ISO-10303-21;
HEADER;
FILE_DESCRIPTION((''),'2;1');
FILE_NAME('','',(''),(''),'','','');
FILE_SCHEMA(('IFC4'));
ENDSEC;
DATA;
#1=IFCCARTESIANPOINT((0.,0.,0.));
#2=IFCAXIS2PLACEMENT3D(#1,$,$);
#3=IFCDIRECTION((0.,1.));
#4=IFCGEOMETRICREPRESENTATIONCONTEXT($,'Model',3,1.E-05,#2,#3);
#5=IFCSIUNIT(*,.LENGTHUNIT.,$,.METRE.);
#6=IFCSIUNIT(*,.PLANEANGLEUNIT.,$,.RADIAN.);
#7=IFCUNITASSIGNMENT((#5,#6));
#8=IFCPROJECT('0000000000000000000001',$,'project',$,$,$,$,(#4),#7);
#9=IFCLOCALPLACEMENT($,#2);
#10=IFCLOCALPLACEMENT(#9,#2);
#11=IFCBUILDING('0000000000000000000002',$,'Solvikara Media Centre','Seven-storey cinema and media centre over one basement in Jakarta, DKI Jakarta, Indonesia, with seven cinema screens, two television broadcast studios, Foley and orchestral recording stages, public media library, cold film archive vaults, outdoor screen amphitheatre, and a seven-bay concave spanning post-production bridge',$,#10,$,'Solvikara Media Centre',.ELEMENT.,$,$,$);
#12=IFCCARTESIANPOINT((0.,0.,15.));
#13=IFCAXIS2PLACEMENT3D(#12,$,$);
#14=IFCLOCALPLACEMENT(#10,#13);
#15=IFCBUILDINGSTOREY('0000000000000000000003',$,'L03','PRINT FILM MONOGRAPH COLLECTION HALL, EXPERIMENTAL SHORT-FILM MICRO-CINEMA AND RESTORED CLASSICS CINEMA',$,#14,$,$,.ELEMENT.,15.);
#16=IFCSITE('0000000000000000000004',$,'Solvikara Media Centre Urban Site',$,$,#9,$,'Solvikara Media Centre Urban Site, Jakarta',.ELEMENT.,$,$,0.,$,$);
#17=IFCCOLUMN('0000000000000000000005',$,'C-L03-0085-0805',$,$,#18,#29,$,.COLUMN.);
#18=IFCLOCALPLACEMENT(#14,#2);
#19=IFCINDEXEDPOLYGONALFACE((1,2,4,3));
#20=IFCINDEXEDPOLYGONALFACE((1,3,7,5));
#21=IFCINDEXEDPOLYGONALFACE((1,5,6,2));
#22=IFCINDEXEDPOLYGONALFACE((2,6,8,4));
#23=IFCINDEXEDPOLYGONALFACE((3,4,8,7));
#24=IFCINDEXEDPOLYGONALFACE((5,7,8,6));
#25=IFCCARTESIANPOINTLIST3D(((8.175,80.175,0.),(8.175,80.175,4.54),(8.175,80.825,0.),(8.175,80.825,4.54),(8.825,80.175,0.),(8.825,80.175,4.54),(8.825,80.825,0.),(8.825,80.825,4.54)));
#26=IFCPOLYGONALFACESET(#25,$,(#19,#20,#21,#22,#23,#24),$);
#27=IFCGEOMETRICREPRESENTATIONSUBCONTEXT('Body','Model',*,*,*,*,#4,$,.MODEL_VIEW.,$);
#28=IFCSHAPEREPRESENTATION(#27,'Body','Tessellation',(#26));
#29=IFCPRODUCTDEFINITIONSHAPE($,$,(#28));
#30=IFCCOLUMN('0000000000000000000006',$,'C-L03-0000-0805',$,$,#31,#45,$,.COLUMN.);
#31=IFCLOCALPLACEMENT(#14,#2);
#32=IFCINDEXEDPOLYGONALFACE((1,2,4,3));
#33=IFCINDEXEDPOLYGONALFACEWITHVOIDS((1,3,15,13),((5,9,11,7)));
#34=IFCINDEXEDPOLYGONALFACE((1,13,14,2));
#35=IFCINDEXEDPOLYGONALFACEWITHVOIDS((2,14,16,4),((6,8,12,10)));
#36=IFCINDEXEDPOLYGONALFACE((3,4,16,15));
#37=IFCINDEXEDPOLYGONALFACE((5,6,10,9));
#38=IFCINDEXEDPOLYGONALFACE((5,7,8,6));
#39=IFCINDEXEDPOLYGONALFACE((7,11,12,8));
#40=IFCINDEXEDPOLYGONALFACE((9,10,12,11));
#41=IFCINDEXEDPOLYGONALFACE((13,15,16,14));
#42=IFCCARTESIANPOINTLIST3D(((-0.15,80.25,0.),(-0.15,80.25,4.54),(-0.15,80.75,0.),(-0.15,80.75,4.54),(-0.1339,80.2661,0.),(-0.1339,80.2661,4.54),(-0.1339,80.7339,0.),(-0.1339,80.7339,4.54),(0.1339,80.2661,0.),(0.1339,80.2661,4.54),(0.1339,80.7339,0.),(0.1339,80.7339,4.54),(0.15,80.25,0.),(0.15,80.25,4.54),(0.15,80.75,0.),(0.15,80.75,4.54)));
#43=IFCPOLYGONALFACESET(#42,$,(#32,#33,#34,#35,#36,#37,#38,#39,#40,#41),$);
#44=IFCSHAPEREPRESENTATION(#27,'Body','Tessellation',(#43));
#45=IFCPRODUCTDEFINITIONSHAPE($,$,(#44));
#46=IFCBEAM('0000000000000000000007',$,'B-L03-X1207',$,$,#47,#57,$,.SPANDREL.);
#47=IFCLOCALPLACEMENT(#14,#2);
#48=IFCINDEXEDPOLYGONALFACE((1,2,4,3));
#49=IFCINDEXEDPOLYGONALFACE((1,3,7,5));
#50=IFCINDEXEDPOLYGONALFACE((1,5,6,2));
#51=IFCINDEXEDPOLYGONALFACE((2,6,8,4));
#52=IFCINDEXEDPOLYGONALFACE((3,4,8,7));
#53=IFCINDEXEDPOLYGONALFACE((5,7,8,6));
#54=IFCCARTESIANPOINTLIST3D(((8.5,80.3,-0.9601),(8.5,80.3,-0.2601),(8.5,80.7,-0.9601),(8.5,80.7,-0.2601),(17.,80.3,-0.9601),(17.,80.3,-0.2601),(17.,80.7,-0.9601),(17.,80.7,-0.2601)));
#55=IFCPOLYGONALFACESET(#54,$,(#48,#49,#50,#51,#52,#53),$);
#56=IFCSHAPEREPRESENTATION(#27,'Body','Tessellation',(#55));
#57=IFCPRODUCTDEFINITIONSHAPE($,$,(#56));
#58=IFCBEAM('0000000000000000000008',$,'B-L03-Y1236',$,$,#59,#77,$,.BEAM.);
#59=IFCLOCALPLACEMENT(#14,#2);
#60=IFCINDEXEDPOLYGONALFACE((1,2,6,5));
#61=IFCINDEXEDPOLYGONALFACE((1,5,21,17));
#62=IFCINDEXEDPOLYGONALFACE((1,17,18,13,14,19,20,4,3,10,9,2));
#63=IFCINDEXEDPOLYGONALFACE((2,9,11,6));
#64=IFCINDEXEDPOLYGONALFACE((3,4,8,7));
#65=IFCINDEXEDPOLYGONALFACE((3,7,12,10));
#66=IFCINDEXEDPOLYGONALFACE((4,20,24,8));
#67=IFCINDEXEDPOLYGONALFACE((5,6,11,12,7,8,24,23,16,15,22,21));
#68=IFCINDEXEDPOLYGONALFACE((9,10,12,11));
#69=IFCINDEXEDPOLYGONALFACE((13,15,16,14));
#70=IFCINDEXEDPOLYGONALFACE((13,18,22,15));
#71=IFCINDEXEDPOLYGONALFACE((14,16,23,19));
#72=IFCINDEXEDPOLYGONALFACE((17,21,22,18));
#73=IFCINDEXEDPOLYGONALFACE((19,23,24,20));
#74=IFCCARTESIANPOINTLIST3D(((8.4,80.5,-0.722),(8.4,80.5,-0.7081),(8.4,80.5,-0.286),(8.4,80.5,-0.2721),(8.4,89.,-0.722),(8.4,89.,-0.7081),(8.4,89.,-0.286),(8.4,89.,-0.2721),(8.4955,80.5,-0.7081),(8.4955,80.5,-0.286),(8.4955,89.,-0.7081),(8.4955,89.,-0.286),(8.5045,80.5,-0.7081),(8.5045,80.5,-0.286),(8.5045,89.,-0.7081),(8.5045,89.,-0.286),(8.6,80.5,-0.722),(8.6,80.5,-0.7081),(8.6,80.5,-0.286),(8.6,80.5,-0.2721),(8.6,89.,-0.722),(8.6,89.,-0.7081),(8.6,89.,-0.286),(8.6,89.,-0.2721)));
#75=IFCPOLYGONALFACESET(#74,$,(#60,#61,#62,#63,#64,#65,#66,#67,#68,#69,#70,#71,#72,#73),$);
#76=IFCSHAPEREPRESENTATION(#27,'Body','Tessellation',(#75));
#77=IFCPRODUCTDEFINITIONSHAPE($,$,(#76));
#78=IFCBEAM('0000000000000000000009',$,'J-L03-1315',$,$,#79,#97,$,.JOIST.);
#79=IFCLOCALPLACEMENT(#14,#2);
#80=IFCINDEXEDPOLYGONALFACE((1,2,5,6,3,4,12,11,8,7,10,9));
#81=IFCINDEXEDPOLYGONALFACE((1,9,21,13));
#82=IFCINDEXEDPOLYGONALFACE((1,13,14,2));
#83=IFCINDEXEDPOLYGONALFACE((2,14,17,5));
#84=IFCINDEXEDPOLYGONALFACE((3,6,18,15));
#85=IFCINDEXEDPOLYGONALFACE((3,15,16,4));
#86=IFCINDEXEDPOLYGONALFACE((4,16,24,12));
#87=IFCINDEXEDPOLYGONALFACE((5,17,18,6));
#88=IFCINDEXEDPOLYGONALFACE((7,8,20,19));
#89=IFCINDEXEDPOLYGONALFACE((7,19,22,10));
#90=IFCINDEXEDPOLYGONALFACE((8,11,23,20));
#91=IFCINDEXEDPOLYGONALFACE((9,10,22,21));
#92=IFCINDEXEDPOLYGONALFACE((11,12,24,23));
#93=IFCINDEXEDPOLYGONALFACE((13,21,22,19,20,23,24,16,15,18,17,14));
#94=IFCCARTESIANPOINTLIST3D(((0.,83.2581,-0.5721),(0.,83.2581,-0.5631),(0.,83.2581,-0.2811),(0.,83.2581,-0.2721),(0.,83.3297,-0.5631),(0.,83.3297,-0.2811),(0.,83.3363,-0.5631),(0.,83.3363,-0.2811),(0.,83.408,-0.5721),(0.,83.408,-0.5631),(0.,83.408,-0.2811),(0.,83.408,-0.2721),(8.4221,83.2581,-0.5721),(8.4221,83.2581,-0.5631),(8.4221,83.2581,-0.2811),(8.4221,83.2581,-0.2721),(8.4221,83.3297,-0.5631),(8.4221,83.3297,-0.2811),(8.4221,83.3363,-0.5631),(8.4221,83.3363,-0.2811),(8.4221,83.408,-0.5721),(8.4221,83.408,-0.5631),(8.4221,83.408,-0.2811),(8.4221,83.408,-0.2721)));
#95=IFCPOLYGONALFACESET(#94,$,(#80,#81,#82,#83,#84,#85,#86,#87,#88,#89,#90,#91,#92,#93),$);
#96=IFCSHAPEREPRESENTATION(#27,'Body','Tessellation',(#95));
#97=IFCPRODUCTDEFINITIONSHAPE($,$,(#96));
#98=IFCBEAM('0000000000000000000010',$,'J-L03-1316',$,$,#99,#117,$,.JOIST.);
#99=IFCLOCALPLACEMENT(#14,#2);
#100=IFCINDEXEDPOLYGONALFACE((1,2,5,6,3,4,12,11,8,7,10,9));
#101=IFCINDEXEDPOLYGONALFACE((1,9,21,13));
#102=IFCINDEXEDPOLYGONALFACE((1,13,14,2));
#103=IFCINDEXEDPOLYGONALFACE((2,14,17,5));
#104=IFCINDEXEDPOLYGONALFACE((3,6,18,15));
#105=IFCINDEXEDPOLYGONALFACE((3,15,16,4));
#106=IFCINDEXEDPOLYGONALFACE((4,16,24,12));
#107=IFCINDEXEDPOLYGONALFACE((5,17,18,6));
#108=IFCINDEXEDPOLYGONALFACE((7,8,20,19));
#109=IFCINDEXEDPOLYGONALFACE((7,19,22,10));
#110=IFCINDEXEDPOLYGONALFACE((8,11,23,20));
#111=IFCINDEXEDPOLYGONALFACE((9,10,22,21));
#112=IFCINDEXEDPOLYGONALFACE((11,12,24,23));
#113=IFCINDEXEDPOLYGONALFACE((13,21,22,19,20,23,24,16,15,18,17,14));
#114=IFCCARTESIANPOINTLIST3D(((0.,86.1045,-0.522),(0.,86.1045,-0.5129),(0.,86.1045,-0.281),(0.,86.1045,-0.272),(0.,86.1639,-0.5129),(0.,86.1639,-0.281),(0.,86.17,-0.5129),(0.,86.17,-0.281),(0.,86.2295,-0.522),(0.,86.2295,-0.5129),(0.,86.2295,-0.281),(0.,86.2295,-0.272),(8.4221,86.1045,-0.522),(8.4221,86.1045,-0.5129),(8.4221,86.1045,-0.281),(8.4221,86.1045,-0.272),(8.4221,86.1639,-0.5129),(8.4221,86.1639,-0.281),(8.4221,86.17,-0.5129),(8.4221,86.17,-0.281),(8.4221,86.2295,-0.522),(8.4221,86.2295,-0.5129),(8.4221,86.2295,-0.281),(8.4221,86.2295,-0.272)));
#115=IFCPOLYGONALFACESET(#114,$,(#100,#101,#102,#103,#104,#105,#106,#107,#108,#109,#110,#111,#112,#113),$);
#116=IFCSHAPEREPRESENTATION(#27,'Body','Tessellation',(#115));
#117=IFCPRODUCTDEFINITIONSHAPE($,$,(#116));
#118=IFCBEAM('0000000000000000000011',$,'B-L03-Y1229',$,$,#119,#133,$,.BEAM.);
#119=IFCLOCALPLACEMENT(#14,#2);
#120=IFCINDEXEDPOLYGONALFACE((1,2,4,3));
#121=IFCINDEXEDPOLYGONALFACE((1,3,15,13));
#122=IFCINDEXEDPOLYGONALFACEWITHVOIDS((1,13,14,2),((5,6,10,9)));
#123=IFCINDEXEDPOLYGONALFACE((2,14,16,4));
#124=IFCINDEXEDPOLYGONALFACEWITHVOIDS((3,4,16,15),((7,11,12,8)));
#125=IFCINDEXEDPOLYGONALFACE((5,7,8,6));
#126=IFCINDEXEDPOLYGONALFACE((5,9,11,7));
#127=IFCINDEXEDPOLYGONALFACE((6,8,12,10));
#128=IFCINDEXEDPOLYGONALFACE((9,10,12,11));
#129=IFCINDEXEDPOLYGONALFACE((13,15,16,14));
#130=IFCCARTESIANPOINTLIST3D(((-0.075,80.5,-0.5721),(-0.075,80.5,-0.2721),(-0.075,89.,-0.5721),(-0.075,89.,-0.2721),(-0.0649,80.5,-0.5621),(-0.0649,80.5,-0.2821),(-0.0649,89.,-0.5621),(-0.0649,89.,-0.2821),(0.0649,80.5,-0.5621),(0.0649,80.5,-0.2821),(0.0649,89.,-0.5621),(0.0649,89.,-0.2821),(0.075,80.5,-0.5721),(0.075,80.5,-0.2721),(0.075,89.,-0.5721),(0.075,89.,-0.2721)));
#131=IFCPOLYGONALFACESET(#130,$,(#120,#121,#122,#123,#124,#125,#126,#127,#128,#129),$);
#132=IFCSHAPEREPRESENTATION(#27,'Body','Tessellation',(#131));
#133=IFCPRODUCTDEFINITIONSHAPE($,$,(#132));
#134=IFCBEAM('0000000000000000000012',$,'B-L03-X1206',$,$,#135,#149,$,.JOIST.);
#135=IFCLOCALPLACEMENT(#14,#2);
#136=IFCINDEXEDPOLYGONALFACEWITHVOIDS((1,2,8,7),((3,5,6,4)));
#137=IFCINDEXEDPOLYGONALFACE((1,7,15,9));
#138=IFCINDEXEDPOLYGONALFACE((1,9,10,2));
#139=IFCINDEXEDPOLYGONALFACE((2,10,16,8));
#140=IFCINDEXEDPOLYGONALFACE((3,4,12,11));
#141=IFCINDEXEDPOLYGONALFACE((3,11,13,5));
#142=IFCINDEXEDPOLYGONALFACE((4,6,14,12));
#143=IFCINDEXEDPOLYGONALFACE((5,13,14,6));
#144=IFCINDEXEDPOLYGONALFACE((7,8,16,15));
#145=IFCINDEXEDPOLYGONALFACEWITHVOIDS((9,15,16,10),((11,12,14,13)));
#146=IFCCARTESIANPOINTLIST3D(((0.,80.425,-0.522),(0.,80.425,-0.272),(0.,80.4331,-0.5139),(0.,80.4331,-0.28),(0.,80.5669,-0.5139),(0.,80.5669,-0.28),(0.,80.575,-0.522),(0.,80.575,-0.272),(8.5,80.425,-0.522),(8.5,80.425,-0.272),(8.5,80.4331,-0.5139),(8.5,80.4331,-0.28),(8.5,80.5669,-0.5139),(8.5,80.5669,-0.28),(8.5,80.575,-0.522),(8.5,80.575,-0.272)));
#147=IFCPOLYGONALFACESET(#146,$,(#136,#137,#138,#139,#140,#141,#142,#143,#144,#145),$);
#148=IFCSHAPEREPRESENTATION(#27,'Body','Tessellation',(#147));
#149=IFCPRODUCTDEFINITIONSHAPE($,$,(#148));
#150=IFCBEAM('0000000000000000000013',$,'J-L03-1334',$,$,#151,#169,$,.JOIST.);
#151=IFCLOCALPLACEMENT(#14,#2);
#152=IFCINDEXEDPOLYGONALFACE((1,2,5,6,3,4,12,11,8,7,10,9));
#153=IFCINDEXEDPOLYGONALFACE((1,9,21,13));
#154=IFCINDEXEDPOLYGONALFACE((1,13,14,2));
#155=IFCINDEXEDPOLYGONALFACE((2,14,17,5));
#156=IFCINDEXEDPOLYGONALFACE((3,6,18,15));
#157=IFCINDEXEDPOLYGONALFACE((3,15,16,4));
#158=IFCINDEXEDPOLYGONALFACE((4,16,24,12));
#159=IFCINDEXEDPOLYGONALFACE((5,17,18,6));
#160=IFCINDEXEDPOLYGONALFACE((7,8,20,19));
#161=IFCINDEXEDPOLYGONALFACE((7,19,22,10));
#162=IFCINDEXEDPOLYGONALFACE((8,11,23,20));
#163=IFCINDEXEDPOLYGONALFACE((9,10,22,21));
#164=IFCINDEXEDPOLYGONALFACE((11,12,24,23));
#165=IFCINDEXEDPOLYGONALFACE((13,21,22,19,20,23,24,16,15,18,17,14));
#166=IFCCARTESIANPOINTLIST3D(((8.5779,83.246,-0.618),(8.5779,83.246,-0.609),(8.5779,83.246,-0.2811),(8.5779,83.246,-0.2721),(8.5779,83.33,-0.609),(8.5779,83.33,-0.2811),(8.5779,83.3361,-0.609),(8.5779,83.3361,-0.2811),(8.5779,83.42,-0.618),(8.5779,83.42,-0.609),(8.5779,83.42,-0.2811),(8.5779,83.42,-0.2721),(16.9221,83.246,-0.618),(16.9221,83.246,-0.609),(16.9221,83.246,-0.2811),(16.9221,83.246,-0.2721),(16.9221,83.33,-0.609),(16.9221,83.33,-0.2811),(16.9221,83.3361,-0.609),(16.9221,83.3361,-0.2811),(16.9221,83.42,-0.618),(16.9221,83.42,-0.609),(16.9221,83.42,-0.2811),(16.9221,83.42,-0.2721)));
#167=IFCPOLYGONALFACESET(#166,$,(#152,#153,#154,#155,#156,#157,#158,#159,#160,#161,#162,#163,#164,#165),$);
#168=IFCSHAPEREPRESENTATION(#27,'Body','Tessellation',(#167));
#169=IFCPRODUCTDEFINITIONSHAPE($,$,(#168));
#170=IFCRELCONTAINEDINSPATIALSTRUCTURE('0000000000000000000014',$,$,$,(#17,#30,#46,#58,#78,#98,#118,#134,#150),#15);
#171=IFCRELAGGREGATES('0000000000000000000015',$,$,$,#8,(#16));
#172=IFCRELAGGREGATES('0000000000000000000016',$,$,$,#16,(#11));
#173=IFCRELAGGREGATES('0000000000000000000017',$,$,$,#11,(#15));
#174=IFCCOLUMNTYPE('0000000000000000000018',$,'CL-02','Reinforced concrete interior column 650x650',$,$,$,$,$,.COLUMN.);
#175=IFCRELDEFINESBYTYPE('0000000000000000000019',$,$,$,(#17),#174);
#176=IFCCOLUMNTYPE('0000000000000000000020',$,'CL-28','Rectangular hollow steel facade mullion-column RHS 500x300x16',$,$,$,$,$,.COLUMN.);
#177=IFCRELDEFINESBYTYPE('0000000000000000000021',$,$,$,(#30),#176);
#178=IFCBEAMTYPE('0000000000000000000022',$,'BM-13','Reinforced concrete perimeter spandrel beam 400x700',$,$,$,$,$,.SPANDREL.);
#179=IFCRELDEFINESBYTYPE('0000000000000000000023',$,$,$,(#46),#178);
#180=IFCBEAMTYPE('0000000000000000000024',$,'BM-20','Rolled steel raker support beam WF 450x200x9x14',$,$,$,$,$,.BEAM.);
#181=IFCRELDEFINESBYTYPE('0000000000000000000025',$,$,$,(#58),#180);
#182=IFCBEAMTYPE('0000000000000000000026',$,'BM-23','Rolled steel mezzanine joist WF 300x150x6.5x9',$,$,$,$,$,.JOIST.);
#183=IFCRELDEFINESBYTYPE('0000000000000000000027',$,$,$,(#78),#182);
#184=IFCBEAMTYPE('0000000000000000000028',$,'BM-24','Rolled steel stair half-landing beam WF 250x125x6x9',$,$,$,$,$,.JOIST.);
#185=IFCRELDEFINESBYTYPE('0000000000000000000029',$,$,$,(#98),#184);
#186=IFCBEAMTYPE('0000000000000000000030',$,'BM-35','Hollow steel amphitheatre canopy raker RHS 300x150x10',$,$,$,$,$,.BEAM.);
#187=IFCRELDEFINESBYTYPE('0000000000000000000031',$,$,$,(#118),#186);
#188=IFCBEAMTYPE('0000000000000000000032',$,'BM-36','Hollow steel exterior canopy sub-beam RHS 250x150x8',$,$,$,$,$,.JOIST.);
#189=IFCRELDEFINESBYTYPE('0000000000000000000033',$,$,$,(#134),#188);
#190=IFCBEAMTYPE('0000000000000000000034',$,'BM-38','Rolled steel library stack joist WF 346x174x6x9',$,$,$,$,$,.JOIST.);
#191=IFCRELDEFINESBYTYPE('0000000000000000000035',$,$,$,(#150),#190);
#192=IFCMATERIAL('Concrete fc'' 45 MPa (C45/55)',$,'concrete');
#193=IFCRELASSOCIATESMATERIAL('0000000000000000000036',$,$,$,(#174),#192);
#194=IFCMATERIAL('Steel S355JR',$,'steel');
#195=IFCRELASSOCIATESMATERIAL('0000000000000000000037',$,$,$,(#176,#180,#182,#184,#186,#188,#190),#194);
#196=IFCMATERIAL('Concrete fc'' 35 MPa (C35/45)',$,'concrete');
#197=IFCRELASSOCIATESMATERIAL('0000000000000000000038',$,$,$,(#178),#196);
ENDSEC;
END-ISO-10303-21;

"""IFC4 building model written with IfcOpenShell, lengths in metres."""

from ifc_helpers import new_model, si_unit, direction, frame, origin, origin_2d, place, context, subcontext, project, spatial, rectangle, hollow_rectangle, i_section, extrude, material, material_profile, profile_set, type_object, element, save


model = new_model("IFC4")

# Units and contexts
model_context = context("Model", 3, precision=1e-05, world=origin(), true_north=direction((0.0, 1.0)))
body_context = subcontext(model_context, "Body", "Model", "MODEL_VIEW")
ifc_project = project(units=[si_unit("LENGTHUNIT", "METRE"), si_unit("PLANEANGLEUNIT", "RADIAN")], contexts=[model_context])

# Site, building, storey
site_placement = place(None, origin())
site = spatial("IfcSite", under=ifc_project, at=site_placement, Name="Solvikara Media Centre Urban Site", LongName="Solvikara Media Centre Urban Site, Jakarta", CompositionType="ELEMENT", RefElevation=0.0)
building_placement = place(site_placement, origin())
building = spatial("IfcBuilding", under=site, at=building_placement, Name="Solvikara Media Centre", Description="Seven-storey cinema and media centre over one basement in Jakarta, DKI Jakarta, Indonesia, with seven cinema screens, two television broadcast studios, Foley and orchestral recording stages, public media library, cold film archive vaults, outdoor screen amphitheatre, and a seven-bay concave spanning post-production bridge", LongName="Solvikara Media Centre", CompositionType="ELEMENT")
storey_placement = place(building_placement, frame((0.0, 0.0, 15.0)))
storey = spatial("IfcBuildingStorey", under=building, at=storey_placement, Name="L03", Description="PRINT FILM MONOGRAPH COLLECTION HALL, EXPERIMENTAL SHORT-FILM MICRO-CINEMA AND RESTORED CLASSICS CINEMA", CompositionType="ELEMENT", Elevation=15.0)

# Columns
ifc_material_1 = material(Name="Concrete fc' 45 MPa (C45/55)", Category="concrete")
ifc_material_profile_1 = material_profile(ifc_material_1, rectangle(XDim=0.6499, YDim=0.6499, at=origin_2d()), Name="RC 650x650")
ifc_profile_set_1 = profile_set([ifc_material_profile_1], Name="Concrete fc' 45 MPa (C45/55)")
column_type_1 = type_object("IfcColumnType", Name="CL-02", Description="Reinforced concrete interior column 650x650", PredefinedType="COLUMN", material=ifc_profile_set_1)
column_1_placement = place(storey_placement, frame((8.5, 80.5, 0.0), z_axis=(0.0, 0.0, 1.0), x_axis=(1.0, 0.0, 0.0)))
element("IfcColumn", 1, at=column_1_placement, inside=storey, type_object=column_type_1, Name="C-L03-0085-0805", PredefinedType="COLUMN", context=body_context, shape_type="SweptSolid", body=[
    extrude(rectangle(XDim=0.6499, YDim=0.6499, at=origin_2d()), origin(), (0.0, 0.0, 1.0), 4.54),
])
ifc_material_2 = material(Name="Steel S355JR", Category="steel")
ifc_material_profile_2 = material_profile(ifc_material_2, hollow_rectangle(XDim=0.3, YDim=0.5, WallThickness=0.0161, at=origin_2d()), Name="RHS 500x300x16")
ifc_profile_set_2 = profile_set([ifc_material_profile_2], Name="Steel S355JR")
column_type_2 = type_object("IfcColumnType", Name="CL-28", Description="Rectangular hollow steel facade mullion-column RHS 500x300x16", PredefinedType="COLUMN", material=ifc_profile_set_2)
column_2_placement = place(storey_placement, frame((0.0, 80.5, 0.0), z_axis=(0.0, 0.0, 1.0), x_axis=(1.0, 0.0, 0.0)))
element("IfcColumn", 2, at=column_2_placement, inside=storey, type_object=column_type_2, Name="C-L03-0000-0805", PredefinedType="COLUMN", context=body_context, shape_type="SweptSolid", body=[
    extrude(hollow_rectangle(XDim=0.3, YDim=0.5, WallThickness=0.0161, at=origin_2d()), origin(), (0.0, 0.0, 1.0), 4.54),
])

# Beams
ifc_material_3 = material(Name="Concrete fc' 35 MPa (C35/45)", Category="concrete")
ifc_material_profile_3 = material_profile(ifc_material_3, rectangle(XDim=0.3999, YDim=0.7, at=origin_2d()), Name="RC 400x700")
ifc_profile_set_3 = profile_set([ifc_material_profile_3], Name="Concrete fc' 35 MPa (C35/45)")
beam_type_1 = type_object("IfcBeamType", Name="BM-13", Description="Reinforced concrete perimeter spandrel beam 400x700", PredefinedType="SPANDREL", material=ifc_profile_set_3)
beam_1_placement = place(storey_placement, frame((8.5, 80.5, -0.6101), z_axis=(1.0, 0.0, 0.0), x_axis=(0.0, 1.0, 0.0)))
element("IfcBeam", 3, at=beam_1_placement, inside=storey, type_object=beam_type_1, Name="B-L03-X1207", PredefinedType="SPANDREL", context=body_context, shape_type="SweptSolid", body=[
    extrude(rectangle(XDim=0.3999, YDim=0.7, at=origin_2d()), origin(), (0.0, 0.0, 1.0), 8.5),
])
ifc_material_profile_4 = material_profile(ifc_material_2, i_section(OverallWidth=0.2, OverallDepth=0.45, WebThickness=0.009, FlangeThickness=0.0139, at=origin_2d()), Name="WF 450x200x9x14")
ifc_profile_set_4 = profile_set([ifc_material_profile_4], Name="Steel S355JR")
beam_type_2 = type_object("IfcBeamType", Name="BM-20", Description="Rolled steel raker support beam WF 450x200x9x14", PredefinedType="BEAM", material=ifc_profile_set_4)
beam_2_placement = place(storey_placement, frame((8.5, 80.5, -0.4971), z_axis=(0.0, 1.0, 0.0), x_axis=(-1.0, 0.0, 0.0)))
element("IfcBeam", 4, at=beam_2_placement, inside=storey, type_object=beam_type_2, Name="B-L03-Y1236", PredefinedType="BEAM", context=body_context, shape_type="SweptSolid", body=[
    extrude(i_section(OverallWidth=0.2, OverallDepth=0.45, WebThickness=0.009, FlangeThickness=0.0139, at=origin_2d()), origin(), (0.0, 0.0, 1.0), 8.5),
])
ifc_material_profile_5 = material_profile(ifc_material_2, i_section(OverallWidth=0.1499, OverallDepth=0.3, WebThickness=0.0066, FlangeThickness=0.009, at=origin_2d()), Name="WF 300x150x6.5x9")
ifc_profile_set_5 = profile_set([ifc_material_profile_5], Name="Steel S355JR")
beam_type_3 = type_object("IfcBeamType", Name="BM-23", Description="Rolled steel mezzanine joist WF 300x150x6.5x9", PredefinedType="JOIST", material=ifc_profile_set_5)
beam_3_placement = place(storey_placement, frame((0.0, 83.333, -0.4221), z_axis=(1.0, 0.0, 0.0), x_axis=(0.0, 1.0, 0.0)))
element("IfcBeam", 5, at=beam_3_placement, inside=storey, type_object=beam_type_3, Name="J-L03-1315", PredefinedType="JOIST", context=body_context, shape_type="SweptSolid", body=[
    extrude(i_section(OverallWidth=0.1499, OverallDepth=0.3, WebThickness=0.0066, FlangeThickness=0.009, at=origin_2d()), origin(), (0.0, 0.0, 1.0), 8.4221),
])
ifc_material_profile_6 = material_profile(ifc_material_2, i_section(OverallWidth=0.125, OverallDepth=0.25, WebThickness=0.0061, FlangeThickness=0.009, at=origin_2d()), Name="WF 250x125x6x9")
ifc_profile_set_6 = profile_set([ifc_material_profile_6], Name="Steel S355JR")
beam_type_4 = type_object("IfcBeamType", Name="BM-24", Description="Rolled steel stair half-landing beam WF 250x125x6x9", PredefinedType="JOIST", material=ifc_profile_set_6)
beam_4_placement = place(storey_placement, frame((0.0, 86.167, -0.397), z_axis=(1.0, 0.0, 0.0), x_axis=(0.0, 1.0, 0.0)))
element("IfcBeam", 6, at=beam_4_placement, inside=storey, type_object=beam_type_4, Name="J-L03-1316", PredefinedType="JOIST", context=body_context, shape_type="SweptSolid", body=[
    extrude(i_section(OverallWidth=0.125, OverallDepth=0.25, WebThickness=0.0061, FlangeThickness=0.009, at=origin_2d()), origin(), (0.0, 0.0, 1.0), 8.4221),
])
ifc_material_profile_7 = material_profile(ifc_material_2, hollow_rectangle(XDim=0.1499, YDim=0.3, WallThickness=0.01, at=origin_2d()), Name="RHS 300x150x10")
ifc_profile_set_7 = profile_set([ifc_material_profile_7], Name="Steel S355JR")
beam_type_5 = type_object("IfcBeamType", Name="BM-35", Description="Hollow steel amphitheatre canopy raker RHS 300x150x10", PredefinedType="BEAM", material=ifc_profile_set_7)
beam_5_placement = place(storey_placement, frame((0.0, 80.5, -0.4221), z_axis=(0.0, 1.0, 0.0), x_axis=(-1.0, 0.0, 0.0)))
element("IfcBeam", 7, at=beam_5_placement, inside=storey, type_object=beam_type_5, Name="B-L03-Y1229", PredefinedType="BEAM", context=body_context, shape_type="SweptSolid", body=[
    extrude(hollow_rectangle(XDim=0.1499, YDim=0.3, WallThickness=0.01, at=origin_2d()), origin(), (0.0, 0.0, 1.0), 8.5),
])
ifc_material_profile_8 = material_profile(ifc_material_2, hollow_rectangle(XDim=0.1499, YDim=0.25, WallThickness=0.0081, at=origin_2d()), Name="RHS 250x150x8")
ifc_profile_set_8 = profile_set([ifc_material_profile_8], Name="Steel S355JR")
beam_type_6 = type_object("IfcBeamType", Name="BM-36", Description="Hollow steel exterior canopy sub-beam RHS 250x150x8", PredefinedType="JOIST", material=ifc_profile_set_8)
beam_6_placement = place(storey_placement, frame((0.0, 80.5, -0.397), z_axis=(1.0, 0.0, 0.0), x_axis=(0.0, 1.0, 0.0)))
element("IfcBeam", 8, at=beam_6_placement, inside=storey, type_object=beam_type_6, Name="B-L03-X1206", PredefinedType="JOIST", context=body_context, shape_type="SweptSolid", body=[
    extrude(hollow_rectangle(XDim=0.1499, YDim=0.25, WallThickness=0.0081, at=origin_2d()), origin(), (0.0, 0.0, 1.0), 8.5),
])
ifc_material_profile_9 = material_profile(ifc_material_2, i_section(OverallWidth=0.1741, OverallDepth=0.3459, WebThickness=0.0061, FlangeThickness=0.009, at=origin_2d()), Name="WF 346x174x6x9")
ifc_profile_set_9 = profile_set([ifc_material_profile_9], Name="Steel S355JR")
beam_type_7 = type_object("IfcBeamType", Name="BM-38", Description="Rolled steel library stack joist WF 346x174x6x9", PredefinedType="JOIST", material=ifc_profile_set_9)
beam_7_placement = place(storey_placement, frame((8.5779, 83.333, -0.4451), z_axis=(1.0, 0.0, 0.0), x_axis=(0.0, 1.0, 0.0)))
element("IfcBeam", 9, at=beam_7_placement, inside=storey, type_object=beam_type_7, Name="J-L03-1334", PredefinedType="JOIST", context=body_context, shape_type="SweptSolid", body=[
    extrude(i_section(OverallWidth=0.1741, OverallDepth=0.3459, WebThickness=0.0061, FlangeThickness=0.009, at=origin_2d()), origin(), (0.0, 0.0, 1.0), 8.3442),
])

save(model, "model.ifc")
